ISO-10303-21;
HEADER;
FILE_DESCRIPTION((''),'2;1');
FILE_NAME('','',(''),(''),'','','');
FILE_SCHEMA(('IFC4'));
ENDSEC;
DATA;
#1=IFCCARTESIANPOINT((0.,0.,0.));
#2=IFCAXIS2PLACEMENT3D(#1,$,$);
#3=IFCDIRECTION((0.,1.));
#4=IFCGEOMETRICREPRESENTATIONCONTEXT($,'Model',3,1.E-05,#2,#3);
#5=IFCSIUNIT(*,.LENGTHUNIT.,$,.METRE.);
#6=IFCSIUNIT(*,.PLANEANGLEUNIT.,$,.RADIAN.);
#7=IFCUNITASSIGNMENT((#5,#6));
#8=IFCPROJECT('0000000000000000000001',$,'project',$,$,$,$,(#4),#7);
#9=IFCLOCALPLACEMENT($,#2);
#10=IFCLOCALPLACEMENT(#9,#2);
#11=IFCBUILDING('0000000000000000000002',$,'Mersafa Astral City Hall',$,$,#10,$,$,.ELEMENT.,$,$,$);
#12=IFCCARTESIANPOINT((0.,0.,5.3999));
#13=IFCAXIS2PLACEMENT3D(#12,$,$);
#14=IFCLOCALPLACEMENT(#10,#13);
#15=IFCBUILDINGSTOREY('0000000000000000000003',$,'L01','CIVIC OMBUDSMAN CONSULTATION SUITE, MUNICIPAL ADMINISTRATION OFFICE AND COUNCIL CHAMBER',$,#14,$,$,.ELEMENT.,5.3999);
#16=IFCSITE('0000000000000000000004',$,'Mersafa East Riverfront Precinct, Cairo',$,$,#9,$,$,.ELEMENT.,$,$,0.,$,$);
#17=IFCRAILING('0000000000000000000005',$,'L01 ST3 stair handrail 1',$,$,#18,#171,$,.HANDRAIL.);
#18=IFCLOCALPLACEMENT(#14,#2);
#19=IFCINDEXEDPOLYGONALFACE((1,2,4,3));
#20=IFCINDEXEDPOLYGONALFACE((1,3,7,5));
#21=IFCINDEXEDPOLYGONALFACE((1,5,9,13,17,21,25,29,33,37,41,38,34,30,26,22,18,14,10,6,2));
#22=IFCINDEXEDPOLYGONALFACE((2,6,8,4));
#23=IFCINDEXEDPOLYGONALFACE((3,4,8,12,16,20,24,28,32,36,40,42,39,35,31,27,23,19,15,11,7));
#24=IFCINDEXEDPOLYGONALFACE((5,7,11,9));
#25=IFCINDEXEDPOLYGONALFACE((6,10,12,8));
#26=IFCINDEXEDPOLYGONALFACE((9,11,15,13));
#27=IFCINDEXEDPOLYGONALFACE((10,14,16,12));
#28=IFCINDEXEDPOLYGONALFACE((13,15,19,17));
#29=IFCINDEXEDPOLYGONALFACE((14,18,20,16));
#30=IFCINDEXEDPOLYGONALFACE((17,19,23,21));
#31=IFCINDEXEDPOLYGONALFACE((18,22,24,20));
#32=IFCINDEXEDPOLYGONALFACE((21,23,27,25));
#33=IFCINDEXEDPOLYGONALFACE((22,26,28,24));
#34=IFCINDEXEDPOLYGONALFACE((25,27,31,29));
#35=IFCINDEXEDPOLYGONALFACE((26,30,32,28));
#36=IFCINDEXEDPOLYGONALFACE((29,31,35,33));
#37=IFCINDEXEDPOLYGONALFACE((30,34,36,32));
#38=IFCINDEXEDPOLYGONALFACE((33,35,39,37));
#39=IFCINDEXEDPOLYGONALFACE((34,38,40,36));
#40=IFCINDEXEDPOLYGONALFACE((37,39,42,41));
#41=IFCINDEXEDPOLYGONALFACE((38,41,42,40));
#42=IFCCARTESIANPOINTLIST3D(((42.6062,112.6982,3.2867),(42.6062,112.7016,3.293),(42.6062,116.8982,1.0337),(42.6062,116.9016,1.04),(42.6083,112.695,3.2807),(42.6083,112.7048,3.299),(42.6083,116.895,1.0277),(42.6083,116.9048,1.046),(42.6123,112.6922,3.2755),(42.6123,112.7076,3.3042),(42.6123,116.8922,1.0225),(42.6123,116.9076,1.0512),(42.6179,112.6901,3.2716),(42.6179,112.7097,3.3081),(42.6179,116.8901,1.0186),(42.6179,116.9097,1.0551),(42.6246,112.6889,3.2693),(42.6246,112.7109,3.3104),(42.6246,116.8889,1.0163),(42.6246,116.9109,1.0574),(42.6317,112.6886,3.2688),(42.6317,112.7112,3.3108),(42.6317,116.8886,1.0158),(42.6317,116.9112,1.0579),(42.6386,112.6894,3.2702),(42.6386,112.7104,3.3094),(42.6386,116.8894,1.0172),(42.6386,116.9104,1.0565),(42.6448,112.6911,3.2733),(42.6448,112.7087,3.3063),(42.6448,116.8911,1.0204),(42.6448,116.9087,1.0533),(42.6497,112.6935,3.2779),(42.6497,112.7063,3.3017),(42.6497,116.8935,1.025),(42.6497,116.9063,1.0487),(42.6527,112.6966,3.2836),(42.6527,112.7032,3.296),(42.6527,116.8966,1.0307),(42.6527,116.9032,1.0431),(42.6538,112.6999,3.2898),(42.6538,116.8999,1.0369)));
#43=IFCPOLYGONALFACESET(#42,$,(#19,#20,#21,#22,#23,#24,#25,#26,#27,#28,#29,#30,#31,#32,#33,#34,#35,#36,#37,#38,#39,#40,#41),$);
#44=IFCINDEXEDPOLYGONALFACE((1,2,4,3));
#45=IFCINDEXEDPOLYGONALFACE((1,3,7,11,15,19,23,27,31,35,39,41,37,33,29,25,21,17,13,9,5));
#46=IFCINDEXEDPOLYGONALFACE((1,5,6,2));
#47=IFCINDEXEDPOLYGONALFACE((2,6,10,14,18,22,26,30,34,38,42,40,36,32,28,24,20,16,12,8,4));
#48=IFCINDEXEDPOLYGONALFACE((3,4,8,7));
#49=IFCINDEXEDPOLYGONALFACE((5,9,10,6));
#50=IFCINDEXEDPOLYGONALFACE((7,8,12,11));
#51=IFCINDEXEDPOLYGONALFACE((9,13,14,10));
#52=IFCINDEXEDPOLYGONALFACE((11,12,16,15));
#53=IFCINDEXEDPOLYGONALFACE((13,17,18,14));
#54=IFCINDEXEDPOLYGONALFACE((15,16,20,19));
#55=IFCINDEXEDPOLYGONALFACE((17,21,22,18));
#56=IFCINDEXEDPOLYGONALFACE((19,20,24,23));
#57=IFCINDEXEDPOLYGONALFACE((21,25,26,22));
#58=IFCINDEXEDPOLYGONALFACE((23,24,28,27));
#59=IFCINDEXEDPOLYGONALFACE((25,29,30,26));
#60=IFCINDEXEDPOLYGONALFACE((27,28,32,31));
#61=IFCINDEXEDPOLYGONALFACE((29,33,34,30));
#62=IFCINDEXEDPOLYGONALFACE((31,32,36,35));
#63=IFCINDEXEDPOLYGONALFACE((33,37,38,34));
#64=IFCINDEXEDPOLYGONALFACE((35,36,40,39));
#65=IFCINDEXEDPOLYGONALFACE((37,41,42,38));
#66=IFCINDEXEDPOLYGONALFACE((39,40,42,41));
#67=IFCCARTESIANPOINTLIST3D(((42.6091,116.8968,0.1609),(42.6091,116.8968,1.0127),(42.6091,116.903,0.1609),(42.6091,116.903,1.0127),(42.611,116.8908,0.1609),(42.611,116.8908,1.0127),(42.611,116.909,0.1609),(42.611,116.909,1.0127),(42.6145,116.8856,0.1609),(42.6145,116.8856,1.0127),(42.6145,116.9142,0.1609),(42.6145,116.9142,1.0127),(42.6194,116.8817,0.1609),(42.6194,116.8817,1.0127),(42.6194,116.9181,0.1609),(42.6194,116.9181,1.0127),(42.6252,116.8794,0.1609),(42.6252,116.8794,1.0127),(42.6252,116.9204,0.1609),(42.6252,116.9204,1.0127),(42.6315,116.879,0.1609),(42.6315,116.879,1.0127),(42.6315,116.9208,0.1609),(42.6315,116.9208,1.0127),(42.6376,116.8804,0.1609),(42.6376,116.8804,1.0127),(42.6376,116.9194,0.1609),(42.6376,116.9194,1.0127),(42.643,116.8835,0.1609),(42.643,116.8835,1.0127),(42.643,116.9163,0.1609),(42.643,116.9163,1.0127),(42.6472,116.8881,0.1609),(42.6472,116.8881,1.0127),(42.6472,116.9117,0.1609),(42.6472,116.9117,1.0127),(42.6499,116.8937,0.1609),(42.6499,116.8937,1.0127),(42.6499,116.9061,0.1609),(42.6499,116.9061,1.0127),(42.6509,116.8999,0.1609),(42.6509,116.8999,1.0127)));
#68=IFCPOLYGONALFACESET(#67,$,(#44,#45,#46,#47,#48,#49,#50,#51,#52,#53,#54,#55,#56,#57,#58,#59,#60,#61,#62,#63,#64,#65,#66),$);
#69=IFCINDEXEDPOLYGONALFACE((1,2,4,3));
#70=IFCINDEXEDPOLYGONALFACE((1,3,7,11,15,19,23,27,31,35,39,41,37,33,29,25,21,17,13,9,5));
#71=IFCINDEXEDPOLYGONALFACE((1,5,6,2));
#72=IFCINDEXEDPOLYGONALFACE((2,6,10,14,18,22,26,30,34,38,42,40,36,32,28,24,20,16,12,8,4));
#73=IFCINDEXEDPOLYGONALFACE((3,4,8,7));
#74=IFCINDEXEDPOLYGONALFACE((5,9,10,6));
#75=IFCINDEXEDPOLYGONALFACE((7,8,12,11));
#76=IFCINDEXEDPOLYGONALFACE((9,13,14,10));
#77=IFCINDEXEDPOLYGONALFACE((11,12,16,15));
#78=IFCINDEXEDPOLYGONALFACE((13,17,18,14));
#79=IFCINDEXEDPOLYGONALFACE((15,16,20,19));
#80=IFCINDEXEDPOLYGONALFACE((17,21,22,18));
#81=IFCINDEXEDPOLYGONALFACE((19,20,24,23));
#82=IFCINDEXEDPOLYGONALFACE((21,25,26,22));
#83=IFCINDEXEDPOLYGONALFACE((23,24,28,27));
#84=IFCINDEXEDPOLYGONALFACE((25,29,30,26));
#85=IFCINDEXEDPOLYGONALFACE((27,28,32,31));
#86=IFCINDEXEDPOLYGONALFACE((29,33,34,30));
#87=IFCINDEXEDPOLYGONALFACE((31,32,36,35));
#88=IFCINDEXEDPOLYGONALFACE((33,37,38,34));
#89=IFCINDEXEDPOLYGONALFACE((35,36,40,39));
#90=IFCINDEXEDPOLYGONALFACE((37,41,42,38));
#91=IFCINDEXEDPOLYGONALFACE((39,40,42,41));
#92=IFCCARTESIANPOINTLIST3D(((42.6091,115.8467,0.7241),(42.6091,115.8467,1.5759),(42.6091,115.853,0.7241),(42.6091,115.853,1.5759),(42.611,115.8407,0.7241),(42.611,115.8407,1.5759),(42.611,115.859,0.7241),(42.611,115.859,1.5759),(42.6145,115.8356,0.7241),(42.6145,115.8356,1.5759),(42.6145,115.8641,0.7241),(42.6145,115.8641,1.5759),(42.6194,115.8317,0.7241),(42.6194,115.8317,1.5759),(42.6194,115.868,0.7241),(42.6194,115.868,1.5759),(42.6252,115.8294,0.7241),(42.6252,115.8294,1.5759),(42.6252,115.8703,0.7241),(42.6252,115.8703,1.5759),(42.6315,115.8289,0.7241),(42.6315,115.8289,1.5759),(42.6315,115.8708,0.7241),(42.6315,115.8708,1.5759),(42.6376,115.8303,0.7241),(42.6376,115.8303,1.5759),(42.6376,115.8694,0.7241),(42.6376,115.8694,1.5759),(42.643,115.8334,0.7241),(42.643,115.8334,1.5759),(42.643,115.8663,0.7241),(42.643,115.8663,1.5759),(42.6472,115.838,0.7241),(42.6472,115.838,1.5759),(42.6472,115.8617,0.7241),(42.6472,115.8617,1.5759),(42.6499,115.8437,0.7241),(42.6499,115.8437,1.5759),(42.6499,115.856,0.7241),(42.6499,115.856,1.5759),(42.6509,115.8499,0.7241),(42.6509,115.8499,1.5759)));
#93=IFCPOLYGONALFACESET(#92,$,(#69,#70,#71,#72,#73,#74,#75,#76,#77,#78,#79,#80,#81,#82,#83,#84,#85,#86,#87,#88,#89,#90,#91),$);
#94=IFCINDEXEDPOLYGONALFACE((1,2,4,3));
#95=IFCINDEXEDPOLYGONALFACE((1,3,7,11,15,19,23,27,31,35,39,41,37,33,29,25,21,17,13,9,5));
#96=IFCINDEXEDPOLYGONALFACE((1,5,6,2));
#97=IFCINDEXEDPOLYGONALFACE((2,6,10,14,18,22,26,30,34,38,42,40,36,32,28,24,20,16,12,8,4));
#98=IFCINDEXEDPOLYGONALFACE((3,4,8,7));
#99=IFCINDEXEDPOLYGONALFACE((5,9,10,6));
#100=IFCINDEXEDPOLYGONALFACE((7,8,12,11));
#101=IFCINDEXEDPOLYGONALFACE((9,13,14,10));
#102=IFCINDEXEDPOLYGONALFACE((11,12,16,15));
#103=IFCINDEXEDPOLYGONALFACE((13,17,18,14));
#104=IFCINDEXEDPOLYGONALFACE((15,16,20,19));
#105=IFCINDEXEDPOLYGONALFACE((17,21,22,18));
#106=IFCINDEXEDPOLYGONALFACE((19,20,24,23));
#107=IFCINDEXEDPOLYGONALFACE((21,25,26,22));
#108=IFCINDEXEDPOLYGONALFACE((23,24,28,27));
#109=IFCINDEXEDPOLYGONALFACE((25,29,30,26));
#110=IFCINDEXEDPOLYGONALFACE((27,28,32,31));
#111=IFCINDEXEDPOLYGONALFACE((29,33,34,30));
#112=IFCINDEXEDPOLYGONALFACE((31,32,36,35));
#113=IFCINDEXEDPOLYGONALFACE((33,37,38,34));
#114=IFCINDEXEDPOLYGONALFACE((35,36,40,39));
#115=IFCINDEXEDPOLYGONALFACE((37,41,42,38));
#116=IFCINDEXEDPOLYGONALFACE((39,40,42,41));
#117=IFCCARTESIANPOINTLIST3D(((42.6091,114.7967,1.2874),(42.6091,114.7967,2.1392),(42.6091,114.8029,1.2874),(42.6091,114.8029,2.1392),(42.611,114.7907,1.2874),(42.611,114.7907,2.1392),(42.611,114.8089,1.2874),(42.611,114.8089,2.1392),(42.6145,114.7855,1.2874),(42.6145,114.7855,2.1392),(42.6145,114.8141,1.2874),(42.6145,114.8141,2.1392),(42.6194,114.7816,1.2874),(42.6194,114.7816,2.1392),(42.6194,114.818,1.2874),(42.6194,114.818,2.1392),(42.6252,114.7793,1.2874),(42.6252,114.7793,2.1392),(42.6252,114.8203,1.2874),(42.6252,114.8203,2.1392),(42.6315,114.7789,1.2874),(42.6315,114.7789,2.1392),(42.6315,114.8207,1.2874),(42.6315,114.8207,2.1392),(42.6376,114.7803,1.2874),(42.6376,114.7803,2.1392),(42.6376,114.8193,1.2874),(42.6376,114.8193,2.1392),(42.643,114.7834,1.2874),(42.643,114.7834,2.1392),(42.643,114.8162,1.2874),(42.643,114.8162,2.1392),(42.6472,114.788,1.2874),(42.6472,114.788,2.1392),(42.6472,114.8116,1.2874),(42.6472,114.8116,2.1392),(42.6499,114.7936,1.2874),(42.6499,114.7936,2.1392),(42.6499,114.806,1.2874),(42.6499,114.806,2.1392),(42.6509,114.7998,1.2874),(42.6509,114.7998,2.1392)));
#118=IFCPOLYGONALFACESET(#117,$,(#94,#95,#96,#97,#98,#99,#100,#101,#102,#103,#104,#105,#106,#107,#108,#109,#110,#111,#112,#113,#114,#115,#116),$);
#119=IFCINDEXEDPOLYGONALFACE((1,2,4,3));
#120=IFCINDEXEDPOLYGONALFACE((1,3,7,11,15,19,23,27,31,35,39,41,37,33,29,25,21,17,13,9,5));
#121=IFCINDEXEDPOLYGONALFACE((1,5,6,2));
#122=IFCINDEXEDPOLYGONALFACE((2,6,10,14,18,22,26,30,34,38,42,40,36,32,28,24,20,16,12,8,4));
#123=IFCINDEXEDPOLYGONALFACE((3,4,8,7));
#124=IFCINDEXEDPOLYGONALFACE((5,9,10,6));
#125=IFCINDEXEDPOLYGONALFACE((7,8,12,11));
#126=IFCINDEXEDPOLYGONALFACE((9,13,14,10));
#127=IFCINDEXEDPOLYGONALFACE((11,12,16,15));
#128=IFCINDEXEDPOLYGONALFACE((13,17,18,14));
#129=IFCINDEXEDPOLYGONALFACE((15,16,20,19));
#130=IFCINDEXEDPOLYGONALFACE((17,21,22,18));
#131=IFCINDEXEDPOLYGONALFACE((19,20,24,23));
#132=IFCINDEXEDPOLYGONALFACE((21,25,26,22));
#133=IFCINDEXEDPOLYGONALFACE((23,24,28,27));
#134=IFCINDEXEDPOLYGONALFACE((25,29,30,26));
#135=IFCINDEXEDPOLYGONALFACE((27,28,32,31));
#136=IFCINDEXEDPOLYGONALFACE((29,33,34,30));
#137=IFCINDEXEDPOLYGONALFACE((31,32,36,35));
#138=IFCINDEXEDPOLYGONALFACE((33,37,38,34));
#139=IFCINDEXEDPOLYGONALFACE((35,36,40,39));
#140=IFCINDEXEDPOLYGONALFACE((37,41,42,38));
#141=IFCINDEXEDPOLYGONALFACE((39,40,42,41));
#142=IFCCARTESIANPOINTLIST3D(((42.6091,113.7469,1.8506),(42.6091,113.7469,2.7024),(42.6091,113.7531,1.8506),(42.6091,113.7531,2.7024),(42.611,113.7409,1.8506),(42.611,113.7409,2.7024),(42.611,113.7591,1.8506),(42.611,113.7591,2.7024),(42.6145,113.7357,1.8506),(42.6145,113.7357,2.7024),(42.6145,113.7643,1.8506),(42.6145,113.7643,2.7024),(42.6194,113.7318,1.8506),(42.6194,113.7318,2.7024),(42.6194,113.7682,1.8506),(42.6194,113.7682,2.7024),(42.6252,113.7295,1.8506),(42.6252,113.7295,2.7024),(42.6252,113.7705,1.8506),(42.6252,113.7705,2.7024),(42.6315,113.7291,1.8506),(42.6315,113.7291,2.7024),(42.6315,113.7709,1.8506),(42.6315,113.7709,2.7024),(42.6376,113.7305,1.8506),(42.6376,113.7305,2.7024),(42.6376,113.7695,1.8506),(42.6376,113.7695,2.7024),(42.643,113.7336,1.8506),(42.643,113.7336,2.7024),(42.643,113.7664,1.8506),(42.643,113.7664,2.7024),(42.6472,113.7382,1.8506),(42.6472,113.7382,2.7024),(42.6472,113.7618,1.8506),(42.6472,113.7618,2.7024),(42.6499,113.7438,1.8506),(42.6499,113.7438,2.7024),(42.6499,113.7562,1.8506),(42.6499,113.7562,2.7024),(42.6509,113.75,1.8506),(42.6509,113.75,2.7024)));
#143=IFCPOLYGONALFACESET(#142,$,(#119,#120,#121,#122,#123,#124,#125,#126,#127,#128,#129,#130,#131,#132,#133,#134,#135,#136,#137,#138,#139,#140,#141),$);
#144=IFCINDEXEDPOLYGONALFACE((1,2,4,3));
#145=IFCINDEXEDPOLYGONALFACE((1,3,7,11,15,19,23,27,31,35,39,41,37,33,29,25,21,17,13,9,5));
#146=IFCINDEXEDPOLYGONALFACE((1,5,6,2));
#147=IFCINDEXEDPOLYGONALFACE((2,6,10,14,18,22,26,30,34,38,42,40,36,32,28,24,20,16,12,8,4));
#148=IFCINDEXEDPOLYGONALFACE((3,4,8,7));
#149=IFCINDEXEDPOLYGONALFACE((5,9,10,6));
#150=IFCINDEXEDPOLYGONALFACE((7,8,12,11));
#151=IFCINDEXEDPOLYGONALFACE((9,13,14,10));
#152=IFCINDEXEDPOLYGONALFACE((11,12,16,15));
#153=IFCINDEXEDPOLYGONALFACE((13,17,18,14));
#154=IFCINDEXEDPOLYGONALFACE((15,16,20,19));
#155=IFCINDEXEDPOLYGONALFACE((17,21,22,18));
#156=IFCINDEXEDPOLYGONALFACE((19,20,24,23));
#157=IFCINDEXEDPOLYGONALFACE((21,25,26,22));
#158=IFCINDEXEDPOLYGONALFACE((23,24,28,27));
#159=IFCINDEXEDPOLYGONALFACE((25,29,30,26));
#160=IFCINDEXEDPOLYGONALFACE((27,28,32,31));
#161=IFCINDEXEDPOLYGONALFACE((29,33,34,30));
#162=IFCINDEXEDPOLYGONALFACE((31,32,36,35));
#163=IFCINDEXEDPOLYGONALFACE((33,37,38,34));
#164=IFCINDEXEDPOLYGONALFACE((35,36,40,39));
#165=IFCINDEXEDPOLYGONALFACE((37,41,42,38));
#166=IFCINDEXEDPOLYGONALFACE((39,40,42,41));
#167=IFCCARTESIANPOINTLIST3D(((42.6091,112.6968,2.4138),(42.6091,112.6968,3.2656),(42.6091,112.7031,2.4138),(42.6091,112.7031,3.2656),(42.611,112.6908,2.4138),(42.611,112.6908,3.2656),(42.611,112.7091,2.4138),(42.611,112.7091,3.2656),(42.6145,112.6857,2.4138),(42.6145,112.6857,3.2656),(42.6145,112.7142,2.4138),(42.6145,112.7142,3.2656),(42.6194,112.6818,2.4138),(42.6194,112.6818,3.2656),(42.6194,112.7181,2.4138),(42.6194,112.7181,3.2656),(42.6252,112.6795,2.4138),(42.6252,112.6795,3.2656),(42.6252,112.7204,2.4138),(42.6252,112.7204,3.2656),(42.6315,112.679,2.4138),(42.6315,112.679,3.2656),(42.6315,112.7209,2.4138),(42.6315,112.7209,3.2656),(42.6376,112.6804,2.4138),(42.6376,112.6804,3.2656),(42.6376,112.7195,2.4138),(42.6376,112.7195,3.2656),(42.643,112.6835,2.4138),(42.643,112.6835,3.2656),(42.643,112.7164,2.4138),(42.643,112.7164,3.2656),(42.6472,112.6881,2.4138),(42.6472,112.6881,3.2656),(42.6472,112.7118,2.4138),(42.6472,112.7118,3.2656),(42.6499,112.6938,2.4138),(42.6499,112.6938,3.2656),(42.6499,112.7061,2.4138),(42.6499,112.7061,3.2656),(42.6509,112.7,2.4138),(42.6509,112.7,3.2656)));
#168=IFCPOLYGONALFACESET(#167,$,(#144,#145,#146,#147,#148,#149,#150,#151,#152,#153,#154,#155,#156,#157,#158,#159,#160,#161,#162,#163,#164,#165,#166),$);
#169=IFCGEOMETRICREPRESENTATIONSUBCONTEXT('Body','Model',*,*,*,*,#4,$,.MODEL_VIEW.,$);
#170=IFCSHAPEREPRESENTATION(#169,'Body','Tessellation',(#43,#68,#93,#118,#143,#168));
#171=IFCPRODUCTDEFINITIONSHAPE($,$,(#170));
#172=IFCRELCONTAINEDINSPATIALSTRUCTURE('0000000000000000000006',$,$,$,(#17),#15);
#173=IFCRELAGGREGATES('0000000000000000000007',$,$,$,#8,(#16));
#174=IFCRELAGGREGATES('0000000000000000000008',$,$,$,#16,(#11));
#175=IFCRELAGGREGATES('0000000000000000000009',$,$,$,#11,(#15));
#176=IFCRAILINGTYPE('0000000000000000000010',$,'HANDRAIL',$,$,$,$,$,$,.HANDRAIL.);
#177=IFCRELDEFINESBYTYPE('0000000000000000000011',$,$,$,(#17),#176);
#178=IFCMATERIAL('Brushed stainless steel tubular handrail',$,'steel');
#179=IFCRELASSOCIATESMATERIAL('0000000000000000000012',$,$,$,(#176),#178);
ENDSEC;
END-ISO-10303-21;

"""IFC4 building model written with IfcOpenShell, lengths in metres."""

from ifc_helpers import new_model, si_unit, direction, frame, origin, origin_2d, place, context, subcontext, project, spatial, circle, extrude, material, type_object, element, save


model = new_model("IFC4")

# Units and contexts
model_context = context("Model", 3, precision=1e-05, world=origin(), true_north=direction((0.0, 1.0)))
body_context = subcontext(model_context, "Body", "Model", "MODEL_VIEW")
ifc_project = project(units=[si_unit("LENGTHUNIT", "METRE"), si_unit("PLANEANGLEUNIT", "RADIAN")], contexts=[model_context])

# Site, building, storey
site_placement = place(None, origin())
site = spatial("IfcSite", under=ifc_project, at=site_placement, Name="Mersafa East Riverfront Precinct, Cairo", CompositionType="ELEMENT", RefElevation=0.0)
building_placement = place(site_placement, origin())
building = spatial("IfcBuilding", under=site, at=building_placement, Name="Mersafa Astral City Hall", CompositionType="ELEMENT")
storey_placement = place(building_placement, frame((0.0, 0.0, 5.3999)))
storey = spatial("IfcBuildingStorey", under=building, at=storey_placement, Name="L01", Description="CIVIC OMBUDSMAN CONSULTATION SUITE, MUNICIPAL ADMINISTRATION OFFICE AND COUNCIL CHAMBER", CompositionType="ELEMENT", Elevation=5.3999)

# Railing
ifc_material_1 = material(Name="Brushed stainless steel tubular handrail", Category="steel")
railing_type_1 = type_object("IfcRailingType", Name="HANDRAIL", PredefinedType="HANDRAIL", material=ifc_material_1)
railing_1_placement = place(storey_placement, frame((42.6299, 116.8999, 0.1609)))
element("IfcRailing", 1, at=railing_1_placement, inside=storey, type_object=railing_type_1, Name="L01 ST3 stair handrail 1", PredefinedType="HANDRAIL", context=body_context, shape_type="SweptSolid", body=[
    extrude(circle(Radius=0.0239, at=origin_2d()), frame((0.0, 0.0, 0.876), z_axis=(0.0, -0.881222, 0.472703), x_axis=(1.0, 0.0, 0.0)), (0.0, 0.0, 1.0), 4.7661),
    extrude(circle(Radius=0.021, at=origin_2d()), origin(), (0.0, 0.0, 1.0), 0.8518),
    extrude(circle(Radius=0.021, at=origin_2d()), frame((0.0, -1.05, 0.5632)), (0.0, 0.0, 1.0), 0.8518),
    extrude(circle(Radius=0.021, at=origin_2d()), frame((0.0, -2.1001, 1.1265)), (0.0, 0.0, 1.0), 0.8518),
    extrude(circle(Radius=0.021, at=origin_2d()), frame((0.0, -3.1499, 1.6897)), (0.0, 0.0, 1.0), 0.8518),
    extrude(circle(Radius=0.021, at=origin_2d()), frame((0.0, -4.2, 2.2529)), (0.0, 0.0, 1.0), 0.8518),
])

save(model, "model.ifc")
